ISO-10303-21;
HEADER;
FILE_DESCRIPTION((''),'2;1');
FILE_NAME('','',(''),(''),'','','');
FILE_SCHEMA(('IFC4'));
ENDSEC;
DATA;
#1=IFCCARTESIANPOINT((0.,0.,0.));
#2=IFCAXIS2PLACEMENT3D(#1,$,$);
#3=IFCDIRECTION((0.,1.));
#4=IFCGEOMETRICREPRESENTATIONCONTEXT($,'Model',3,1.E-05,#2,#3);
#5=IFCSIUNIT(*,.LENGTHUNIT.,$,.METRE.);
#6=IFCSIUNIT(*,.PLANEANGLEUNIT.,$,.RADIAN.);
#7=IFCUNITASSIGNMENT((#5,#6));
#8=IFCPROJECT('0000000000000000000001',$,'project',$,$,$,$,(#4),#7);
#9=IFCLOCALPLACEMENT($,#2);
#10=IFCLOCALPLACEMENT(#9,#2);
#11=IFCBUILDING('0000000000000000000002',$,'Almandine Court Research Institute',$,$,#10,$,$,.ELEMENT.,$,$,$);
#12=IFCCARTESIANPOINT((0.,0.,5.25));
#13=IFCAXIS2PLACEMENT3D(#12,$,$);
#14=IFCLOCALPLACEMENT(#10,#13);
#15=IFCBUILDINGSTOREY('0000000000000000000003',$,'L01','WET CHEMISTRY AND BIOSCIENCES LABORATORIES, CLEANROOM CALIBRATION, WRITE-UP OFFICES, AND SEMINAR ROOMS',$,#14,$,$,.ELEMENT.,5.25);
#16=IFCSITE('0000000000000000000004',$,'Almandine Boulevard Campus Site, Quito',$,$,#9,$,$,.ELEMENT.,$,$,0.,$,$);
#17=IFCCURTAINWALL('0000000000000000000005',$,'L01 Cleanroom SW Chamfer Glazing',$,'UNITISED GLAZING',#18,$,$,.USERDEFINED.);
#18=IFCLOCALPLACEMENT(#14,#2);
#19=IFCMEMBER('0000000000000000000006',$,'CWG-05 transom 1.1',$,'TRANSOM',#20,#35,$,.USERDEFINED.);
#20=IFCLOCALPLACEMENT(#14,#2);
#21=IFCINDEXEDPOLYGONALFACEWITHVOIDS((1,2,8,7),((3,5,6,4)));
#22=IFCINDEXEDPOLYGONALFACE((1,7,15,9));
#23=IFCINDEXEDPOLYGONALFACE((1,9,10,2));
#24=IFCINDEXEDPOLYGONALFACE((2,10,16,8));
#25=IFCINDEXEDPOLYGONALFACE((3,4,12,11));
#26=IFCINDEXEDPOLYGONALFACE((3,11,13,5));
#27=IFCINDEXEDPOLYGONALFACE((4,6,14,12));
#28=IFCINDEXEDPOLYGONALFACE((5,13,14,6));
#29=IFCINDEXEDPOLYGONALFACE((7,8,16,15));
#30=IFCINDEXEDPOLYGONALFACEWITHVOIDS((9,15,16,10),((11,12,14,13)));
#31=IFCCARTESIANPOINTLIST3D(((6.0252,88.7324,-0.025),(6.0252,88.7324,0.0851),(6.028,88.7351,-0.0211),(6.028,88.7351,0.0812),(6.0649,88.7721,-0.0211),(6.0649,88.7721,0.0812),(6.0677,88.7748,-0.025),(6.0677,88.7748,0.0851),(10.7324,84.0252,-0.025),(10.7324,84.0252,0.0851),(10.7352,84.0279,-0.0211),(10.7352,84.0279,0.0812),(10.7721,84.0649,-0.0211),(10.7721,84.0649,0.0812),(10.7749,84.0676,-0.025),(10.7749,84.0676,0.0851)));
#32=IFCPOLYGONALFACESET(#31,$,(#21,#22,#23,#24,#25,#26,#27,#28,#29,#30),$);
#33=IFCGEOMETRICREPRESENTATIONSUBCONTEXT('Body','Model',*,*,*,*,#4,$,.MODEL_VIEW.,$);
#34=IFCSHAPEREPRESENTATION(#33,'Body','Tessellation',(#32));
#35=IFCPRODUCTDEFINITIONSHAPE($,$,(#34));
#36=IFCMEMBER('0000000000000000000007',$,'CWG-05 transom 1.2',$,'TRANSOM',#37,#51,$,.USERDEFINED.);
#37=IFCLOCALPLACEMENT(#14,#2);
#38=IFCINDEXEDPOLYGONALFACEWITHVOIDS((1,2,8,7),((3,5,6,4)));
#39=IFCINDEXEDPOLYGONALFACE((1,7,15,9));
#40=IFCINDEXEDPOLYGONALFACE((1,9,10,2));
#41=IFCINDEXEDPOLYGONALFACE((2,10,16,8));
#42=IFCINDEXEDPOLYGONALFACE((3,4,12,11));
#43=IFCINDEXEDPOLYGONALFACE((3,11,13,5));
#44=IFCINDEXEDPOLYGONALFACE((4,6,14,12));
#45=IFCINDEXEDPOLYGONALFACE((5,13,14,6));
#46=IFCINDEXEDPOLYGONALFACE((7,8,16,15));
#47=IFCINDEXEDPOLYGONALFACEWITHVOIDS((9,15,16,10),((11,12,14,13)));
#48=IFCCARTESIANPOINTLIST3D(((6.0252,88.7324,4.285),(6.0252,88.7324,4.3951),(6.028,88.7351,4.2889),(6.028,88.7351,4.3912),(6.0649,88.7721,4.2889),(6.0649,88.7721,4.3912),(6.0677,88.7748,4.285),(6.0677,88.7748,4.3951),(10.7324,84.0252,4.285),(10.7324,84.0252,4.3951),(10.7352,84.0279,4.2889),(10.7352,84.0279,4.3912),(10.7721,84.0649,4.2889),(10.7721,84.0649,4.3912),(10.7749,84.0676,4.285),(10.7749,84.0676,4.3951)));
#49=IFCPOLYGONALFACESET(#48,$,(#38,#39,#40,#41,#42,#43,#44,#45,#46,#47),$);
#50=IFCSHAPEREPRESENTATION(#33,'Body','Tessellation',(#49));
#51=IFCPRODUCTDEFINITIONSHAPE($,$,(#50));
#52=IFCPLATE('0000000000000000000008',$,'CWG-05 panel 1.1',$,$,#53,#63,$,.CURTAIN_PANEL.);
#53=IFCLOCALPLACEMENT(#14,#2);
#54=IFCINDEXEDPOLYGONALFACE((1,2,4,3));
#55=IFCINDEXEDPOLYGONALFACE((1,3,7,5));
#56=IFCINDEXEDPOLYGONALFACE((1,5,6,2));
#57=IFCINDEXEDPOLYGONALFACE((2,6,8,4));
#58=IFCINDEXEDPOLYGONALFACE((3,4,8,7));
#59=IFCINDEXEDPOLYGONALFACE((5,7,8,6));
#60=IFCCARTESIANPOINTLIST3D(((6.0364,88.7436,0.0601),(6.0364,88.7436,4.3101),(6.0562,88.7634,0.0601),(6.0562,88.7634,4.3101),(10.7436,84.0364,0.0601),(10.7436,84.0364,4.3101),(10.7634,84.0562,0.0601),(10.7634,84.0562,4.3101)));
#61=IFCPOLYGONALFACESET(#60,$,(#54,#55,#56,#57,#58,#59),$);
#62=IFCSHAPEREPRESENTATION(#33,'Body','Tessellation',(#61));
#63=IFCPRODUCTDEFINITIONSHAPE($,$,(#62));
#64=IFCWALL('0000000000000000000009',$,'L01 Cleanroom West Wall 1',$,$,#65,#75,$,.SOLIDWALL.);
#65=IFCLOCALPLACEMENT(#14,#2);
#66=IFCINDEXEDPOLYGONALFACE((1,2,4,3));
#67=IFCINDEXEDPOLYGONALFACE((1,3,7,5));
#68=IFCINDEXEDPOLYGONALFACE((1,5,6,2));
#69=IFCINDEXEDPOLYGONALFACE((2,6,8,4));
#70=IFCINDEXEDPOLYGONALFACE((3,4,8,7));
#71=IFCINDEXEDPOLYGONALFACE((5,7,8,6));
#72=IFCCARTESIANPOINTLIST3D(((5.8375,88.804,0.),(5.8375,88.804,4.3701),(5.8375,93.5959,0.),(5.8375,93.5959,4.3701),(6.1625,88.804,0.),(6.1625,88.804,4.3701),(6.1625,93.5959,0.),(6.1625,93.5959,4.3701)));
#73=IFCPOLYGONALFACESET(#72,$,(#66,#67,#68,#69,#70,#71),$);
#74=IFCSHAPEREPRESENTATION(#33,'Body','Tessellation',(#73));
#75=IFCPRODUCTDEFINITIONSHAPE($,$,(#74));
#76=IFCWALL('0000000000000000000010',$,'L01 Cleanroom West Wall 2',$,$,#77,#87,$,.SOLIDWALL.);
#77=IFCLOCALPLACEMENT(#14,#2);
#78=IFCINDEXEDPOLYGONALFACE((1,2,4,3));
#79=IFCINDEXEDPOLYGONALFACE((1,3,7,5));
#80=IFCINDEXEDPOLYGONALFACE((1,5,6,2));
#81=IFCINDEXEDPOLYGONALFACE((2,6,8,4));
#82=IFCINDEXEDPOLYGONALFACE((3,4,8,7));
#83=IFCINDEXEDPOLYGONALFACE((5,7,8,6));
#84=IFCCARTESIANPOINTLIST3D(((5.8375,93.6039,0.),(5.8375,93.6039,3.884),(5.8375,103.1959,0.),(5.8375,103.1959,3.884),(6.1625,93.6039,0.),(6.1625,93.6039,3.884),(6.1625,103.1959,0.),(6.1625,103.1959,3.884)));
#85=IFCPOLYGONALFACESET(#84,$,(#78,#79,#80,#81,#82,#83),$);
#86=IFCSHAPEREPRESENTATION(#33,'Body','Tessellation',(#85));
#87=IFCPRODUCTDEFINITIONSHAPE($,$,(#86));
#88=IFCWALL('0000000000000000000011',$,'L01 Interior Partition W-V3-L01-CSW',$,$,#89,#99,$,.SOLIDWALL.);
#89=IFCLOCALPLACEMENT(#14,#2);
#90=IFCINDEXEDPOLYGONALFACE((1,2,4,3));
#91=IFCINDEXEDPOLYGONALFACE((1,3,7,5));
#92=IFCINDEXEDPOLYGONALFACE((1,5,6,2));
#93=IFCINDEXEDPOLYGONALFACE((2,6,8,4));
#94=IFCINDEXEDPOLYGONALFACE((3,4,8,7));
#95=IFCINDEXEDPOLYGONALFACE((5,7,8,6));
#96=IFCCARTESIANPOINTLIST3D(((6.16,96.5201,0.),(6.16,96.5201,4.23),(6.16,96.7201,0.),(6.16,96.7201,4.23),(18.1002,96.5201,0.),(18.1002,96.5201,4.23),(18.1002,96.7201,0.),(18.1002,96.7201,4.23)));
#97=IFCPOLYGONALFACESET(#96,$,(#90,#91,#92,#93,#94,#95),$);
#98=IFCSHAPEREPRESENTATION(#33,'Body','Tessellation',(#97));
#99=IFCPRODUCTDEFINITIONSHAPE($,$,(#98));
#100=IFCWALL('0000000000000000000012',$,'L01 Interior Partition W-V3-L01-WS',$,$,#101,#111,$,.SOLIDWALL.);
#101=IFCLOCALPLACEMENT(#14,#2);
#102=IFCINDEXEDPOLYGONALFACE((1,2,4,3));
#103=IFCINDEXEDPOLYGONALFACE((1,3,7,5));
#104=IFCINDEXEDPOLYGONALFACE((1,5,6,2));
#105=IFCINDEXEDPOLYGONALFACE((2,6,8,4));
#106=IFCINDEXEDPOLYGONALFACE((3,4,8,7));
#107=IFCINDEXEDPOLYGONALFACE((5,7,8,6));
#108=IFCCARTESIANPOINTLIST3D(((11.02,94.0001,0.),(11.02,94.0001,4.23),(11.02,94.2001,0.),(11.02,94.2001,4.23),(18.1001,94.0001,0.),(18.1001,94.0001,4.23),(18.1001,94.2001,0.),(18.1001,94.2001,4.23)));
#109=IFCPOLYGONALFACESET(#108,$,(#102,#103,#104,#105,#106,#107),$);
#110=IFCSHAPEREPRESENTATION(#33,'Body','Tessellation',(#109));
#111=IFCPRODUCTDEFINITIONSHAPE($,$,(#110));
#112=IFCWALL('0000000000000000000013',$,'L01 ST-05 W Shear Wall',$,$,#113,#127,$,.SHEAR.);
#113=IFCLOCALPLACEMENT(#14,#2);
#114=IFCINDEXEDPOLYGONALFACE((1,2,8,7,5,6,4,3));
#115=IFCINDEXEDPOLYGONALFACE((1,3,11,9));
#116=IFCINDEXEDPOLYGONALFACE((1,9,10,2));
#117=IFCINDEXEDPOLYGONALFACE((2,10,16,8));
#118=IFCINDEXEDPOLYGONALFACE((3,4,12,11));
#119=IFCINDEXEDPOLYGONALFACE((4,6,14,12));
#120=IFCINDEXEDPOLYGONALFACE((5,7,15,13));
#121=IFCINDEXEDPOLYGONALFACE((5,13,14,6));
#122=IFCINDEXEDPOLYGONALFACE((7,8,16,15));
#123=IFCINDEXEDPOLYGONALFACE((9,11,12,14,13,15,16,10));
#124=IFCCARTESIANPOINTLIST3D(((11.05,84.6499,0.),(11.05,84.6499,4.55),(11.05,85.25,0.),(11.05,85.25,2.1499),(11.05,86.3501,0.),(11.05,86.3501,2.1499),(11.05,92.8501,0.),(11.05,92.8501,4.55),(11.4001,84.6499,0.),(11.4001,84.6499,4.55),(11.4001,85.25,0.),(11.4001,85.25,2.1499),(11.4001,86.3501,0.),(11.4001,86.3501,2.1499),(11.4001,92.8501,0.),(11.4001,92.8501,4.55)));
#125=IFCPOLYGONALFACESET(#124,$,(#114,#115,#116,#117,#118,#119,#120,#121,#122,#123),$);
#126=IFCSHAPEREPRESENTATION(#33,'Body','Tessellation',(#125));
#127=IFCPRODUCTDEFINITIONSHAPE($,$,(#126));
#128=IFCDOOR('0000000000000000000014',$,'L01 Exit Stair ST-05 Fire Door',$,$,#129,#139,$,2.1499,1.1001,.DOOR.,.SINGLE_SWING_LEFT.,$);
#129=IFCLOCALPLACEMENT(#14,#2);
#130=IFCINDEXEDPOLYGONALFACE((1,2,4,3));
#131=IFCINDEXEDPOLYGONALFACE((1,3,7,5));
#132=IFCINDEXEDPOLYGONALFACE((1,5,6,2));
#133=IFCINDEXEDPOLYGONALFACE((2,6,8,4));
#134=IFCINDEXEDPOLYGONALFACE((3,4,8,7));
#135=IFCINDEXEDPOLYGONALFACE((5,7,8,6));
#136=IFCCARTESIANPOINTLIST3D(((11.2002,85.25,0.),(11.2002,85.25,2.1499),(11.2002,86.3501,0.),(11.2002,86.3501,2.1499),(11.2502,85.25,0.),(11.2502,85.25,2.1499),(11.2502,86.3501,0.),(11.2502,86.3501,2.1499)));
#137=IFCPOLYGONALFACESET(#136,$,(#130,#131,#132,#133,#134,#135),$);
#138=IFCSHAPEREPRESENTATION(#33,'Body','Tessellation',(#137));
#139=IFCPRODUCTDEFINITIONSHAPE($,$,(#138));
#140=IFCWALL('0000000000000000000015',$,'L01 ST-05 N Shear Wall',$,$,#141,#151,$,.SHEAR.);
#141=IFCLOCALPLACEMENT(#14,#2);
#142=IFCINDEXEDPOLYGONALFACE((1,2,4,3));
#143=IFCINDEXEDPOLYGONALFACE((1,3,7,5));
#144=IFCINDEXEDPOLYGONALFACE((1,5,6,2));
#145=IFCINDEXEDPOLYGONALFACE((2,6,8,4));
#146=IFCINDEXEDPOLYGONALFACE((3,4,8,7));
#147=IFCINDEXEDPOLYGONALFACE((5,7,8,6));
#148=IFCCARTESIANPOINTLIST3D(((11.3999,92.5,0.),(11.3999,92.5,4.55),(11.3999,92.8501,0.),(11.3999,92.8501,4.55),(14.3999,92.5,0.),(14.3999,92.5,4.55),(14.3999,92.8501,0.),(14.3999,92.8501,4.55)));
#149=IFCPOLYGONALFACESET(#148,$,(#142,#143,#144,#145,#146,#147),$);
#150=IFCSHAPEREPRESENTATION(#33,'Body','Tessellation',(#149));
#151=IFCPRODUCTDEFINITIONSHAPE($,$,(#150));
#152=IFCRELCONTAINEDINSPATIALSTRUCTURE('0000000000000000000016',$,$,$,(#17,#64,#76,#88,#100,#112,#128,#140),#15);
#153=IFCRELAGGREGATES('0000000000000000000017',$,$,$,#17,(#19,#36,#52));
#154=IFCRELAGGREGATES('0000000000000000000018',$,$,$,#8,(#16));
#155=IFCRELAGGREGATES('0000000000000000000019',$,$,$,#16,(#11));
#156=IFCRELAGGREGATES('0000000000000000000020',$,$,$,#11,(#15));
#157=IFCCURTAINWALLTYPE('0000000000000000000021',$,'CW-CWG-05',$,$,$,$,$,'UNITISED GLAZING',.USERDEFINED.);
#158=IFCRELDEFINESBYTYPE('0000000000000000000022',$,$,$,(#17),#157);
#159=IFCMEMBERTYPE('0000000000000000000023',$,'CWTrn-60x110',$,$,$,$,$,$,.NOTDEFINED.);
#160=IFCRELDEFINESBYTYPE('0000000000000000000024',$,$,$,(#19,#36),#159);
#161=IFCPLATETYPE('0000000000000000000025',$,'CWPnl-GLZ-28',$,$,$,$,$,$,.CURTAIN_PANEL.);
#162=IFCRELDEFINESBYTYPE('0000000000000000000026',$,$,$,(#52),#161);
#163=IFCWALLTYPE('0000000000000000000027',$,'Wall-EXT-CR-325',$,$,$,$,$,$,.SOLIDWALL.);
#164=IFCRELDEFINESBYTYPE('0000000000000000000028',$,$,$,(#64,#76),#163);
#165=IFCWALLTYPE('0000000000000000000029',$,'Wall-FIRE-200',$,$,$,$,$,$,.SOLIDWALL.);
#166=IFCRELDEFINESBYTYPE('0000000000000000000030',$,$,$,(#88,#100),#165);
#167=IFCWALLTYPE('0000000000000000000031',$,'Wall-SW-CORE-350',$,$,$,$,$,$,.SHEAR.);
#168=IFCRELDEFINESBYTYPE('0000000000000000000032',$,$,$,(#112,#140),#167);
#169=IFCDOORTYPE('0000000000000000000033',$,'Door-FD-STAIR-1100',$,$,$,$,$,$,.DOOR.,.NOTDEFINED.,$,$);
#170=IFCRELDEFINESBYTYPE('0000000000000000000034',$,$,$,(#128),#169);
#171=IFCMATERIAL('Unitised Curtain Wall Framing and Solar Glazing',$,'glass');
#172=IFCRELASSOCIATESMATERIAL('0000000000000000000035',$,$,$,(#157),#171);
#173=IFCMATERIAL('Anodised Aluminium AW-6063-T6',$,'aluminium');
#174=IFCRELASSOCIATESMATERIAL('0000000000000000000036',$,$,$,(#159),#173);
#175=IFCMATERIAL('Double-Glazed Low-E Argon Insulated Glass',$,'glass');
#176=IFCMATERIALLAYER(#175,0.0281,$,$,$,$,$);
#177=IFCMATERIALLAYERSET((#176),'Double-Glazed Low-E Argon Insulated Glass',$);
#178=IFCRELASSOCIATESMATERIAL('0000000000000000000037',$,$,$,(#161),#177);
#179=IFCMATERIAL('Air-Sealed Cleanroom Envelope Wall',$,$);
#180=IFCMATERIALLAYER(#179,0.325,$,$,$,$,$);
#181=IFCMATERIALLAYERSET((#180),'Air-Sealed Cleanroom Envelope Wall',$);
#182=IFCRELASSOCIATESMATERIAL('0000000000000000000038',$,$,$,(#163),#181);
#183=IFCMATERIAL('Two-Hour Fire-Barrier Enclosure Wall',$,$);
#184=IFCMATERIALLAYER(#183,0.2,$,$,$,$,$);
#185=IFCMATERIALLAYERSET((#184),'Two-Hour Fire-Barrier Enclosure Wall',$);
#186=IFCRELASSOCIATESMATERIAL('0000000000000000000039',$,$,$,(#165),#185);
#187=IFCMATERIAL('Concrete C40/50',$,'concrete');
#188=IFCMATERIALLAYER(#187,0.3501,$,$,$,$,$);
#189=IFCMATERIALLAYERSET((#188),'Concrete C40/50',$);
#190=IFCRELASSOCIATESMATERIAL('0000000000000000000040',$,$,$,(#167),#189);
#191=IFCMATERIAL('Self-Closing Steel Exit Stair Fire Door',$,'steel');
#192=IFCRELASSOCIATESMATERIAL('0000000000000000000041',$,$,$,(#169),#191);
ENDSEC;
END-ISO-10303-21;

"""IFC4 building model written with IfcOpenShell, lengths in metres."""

from ifc_helpers import new_model, si_unit, direction, frame, frame_2d, origin, origin_2d, place, context, subcontext, project, spatial, rectangle, hollow_rectangle, extrude, material, layer, layer_set, material_profile, profile_set, type_object, element, fill, aggregate, save


model = new_model("IFC4")

# Units and contexts
model_context = context("Model", 3, precision=1e-05, world=origin(), true_north=direction((0.0, 1.0)))
body_context = subcontext(model_context, "Body", "Model", "MODEL_VIEW")
ifc_project = project(units=[si_unit("LENGTHUNIT", "METRE"), si_unit("PLANEANGLEUNIT", "RADIAN")], contexts=[model_context])

# Site, building, storey
site_placement = place(None, origin())
site = spatial("IfcSite", under=ifc_project, at=site_placement, Name="Almandine Boulevard Campus Site, Quito", CompositionType="ELEMENT", RefElevation=0.0)
building_placement = place(site_placement, origin())
building = spatial("IfcBuilding", under=site, at=building_placement, Name="Almandine Court Research Institute", CompositionType="ELEMENT")
storey_placement = place(building_placement, frame((0.0, 0.0, 5.25)))
storey = spatial("IfcBuildingStorey", under=building, at=storey_placement, Name="L01", Description="WET CHEMISTRY AND BIOSCIENCES LABORATORIES, CLEANROOM CALIBRATION, WRITE-UP OFFICES, AND SEMINAR ROOMS", CompositionType="ELEMENT", Elevation=5.25)

# Curtain wall, members, plate
ifc_material_1 = material(Name="Unitised Curtain Wall Framing and Solar Glazing", Category="glass")
curtain_wall_type = type_object("IfcCurtainWallType", Name="CW-CWG-05", ElementType="UNITISED GLAZING", PredefinedType="USERDEFINED", material=ifc_material_1)
curtain_wall_placement = place(storey_placement, origin())
curtain_wall = element("IfcCurtainWall", 1, at=curtain_wall_placement, inside=storey, type_object=curtain_wall_type, Name="L01 Cleanroom SW Chamfer Glazing", ObjectType="UNITISED GLAZING", PredefinedType="USERDEFINED")
ifc_material_2 = material(Name="Anodised Aluminium AW-6063-T6", Category="aluminium")
ifc_material_profile_1 = material_profile(ifc_material_2, hollow_rectangle(XDim=0.0601, YDim=0.1101, WallThickness=0.0039, at=origin_2d()), Name="ALU RHS 60x110x4")
ifc_profile_set_1 = profile_set([ifc_material_profile_1], Name="Anodised Aluminium AW-6063-T6")
member_type_1 = type_object("IfcMemberType", Name="CWTrn-60x110", PredefinedType="NOTDEFINED", material=ifc_profile_set_1)
member_1_placement = place(storey_placement, frame((10.7537, 84.0464, 0.03), z_axis=(-0.707107, 0.707107, 0.0), x_axis=(-0.707107, -0.707107, 0.0)))
member_1 = element("IfcMember", 2, at=member_1_placement, type_object=member_type_1, Name="CWG-05 transom 1.1", ObjectType="TRANSOM", PredefinedType="USERDEFINED", context=body_context, shape_type="SweptSolid", body=[
    extrude(hollow_rectangle(XDim=0.0601, YDim=0.1101, WallThickness=0.0039, at=origin_2d()), origin(), (0.0, 0.0, 1.0), 6.657),
])
member_2_placement = place(storey_placement, frame((10.7537, 84.0464, 4.3401), z_axis=(-0.707107, 0.707107, 0.0), x_axis=(-0.707107, -0.707107, 0.0)))
member_2 = element("IfcMember", 3, at=member_2_placement, type_object=member_type_1, Name="CWG-05 transom 1.2", ObjectType="TRANSOM", PredefinedType="USERDEFINED", context=body_context, shape_type="SweptSolid", body=[
    extrude(hollow_rectangle(XDim=0.0601, YDim=0.1101, WallThickness=0.0039, at=origin_2d()), origin(), (0.0, 0.0, 1.0), 6.657),
])
ifc_material_3 = material(Name="Double-Glazed Low-E Argon Insulated Glass", Category="glass")
ifc_layer_1 = layer(ifc_material_3, 0.0281)
ifc_layer_set_1 = layer_set([ifc_layer_1], Name="Double-Glazed Low-E Argon Insulated Glass")
plate_type = type_object("IfcPlateType", Name="CWPnl-GLZ-28", PredefinedType="CURTAIN_PANEL", material=ifc_layer_set_1)
plate_placement = place(storey_placement, frame((8.3999, 86.3999, 0.0601), z_axis=(0.0, 0.0, 1.0), x_axis=(-0.707107, 0.707107, 0.0)))
plate = element("IfcPlate", 4, at=plate_placement, type_object=plate_type, Name="CWG-05 panel 1.1", PredefinedType="CURTAIN_PANEL", context=body_context, shape_type="SweptSolid", body=[
    extrude(rectangle(XDim=6.657, YDim=0.0281, at=origin_2d()), origin(), (0.0, 0.0, 1.0), 4.25),
])
aggregate(curtain_wall, [member_1, member_2, plate])

# Walls
ifc_material_4 = material(Name="Air-Sealed Cleanroom Envelope Wall")
ifc_layer_2 = layer(ifc_material_4, 0.325)
ifc_layer_set_2 = layer_set([ifc_layer_2], Name="Air-Sealed Cleanroom Envelope Wall")
wall_type_1 = type_object("IfcWallType", Name="Wall-EXT-CR-325", PredefinedType="SOLIDWALL", material=ifc_layer_set_2)
wall_1_placement = place(storey_placement, frame((6.0, 88.804, 0.0), z_axis=(0.0, 0.0, 1.0), x_axis=(0.0, 1.0, 0.0)))
element("IfcWall", 5, at=wall_1_placement, inside=storey, type_object=wall_type_1, Name="L01 Cleanroom West Wall 1", PredefinedType="SOLIDWALL", context=body_context, shape_type="SweptSolid", body=[
    extrude(rectangle(XDim=4.792, YDim=0.325, at=frame_2d((2.396, 0.0))), origin(), (0.0, 0.0, 1.0), 4.3701),
])
wall_2_placement = place(storey_placement, frame((6.0, 93.604, 0.0), z_axis=(0.0, 0.0, 1.0), x_axis=(0.0, 1.0, 0.0)))
element("IfcWall", 6, at=wall_2_placement, inside=storey, type_object=wall_type_1, Name="L01 Cleanroom West Wall 2", PredefinedType="SOLIDWALL", context=body_context, shape_type="SweptSolid", body=[
    extrude(rectangle(XDim=9.592, YDim=0.325, at=frame_2d((4.7959, 0.0))), origin(), (0.0, 0.0, 1.0), 3.884),
])
ifc_material_5 = material(Name="Two-Hour Fire-Barrier Enclosure Wall")
ifc_layer_3 = layer(ifc_material_5, 0.2)
ifc_layer_set_3 = layer_set([ifc_layer_3], Name="Two-Hour Fire-Barrier Enclosure Wall")
wall_type_2 = type_object("IfcWallType", Name="Wall-FIRE-200", PredefinedType="SOLIDWALL", material=ifc_layer_set_3)
wall_3_placement = place(storey_placement, frame((6.1599, 96.6201, 0.0), z_axis=(0.0, 0.0, 1.0), x_axis=(1.0, 0.0, 0.0)))
element("IfcWall", 7, at=wall_3_placement, inside=storey, type_object=wall_type_2, Name="L01 Interior Partition W-V3-L01-CSW", PredefinedType="SOLIDWALL", context=body_context, shape_type="SweptSolid", body=[
    extrude(rectangle(XDim=11.9402, YDim=0.2, at=frame_2d((5.9702, 0.0))), origin(), (0.0, 0.0, 1.0), 4.23),
])
wall_4_placement = place(storey_placement, frame((11.02, 94.1001, 0.0), z_axis=(0.0, 0.0, 1.0), x_axis=(1.0, 0.0, 0.0)))
element("IfcWall", 8, at=wall_4_placement, inside=storey, type_object=wall_type_2, Name="L01 Interior Partition W-V3-L01-WS", PredefinedType="SOLIDWALL", context=body_context, shape_type="SweptSolid", body=[
    extrude(rectangle(XDim=7.0801, YDim=0.2, at=frame_2d((3.54, 0.0))), origin(), (0.0, 0.0, 1.0), 4.23),
])

# Wall, opening, door
ifc_material_6 = material(Name="Concrete C40/50", Category="concrete")
ifc_layer_4 = layer(ifc_material_6, 0.3501)
ifc_layer_set_4 = layer_set([ifc_layer_4], Name="Concrete C40/50")
wall_type_3 = type_object("IfcWallType", Name="Wall-SW-CORE-350", PredefinedType="SHEAR", material=ifc_layer_set_4)
wall_5_placement = place(storey_placement, frame((11.2251, 84.6499, 0.0), z_axis=(0.0, 0.0, 1.0), x_axis=(0.0, 1.0, 0.0)))
wall_5 = element("IfcWall", 9, at=wall_5_placement, inside=storey, type_object=wall_type_3, Name="L01 ST-05 W Shear Wall", PredefinedType="SHEAR", context=body_context, shape_type="SweptSolid", body=[
    extrude(rectangle(XDim=8.2002, YDim=0.3501, at=frame_2d((4.1001, 0.0))), origin(), (0.0, 0.0, 1.0), 4.55),
])
opening_placement = place(wall_5_placement, frame((0.6001, 0.0, 0.0)))
opening = element("IfcOpeningElement", 10, at=opening_placement, cuts=wall_5, PredefinedType="OPENING", context=body_context, shape_type="SweptSolid", body=[
    extrude(rectangle(XDim=1.1001, YDim=2.1499, at=frame_2d((0.55, 1.075))), frame((0.0, 0.1851, 0.0), z_axis=(0.0, -1.0, 0.0), x_axis=(1.0, 0.0, 0.0)), (0.0, 0.0, 1.0), 0.3701),
])
ifc_material_7 = material(Name="Self-Closing Steel Exit Stair Fire Door", Category="steel")
door_type = type_object("IfcDoorType", Name="Door-FD-STAIR-1100", OperationType="NOTDEFINED", PredefinedType="DOOR", material=ifc_material_7)
door_placement = place(opening_placement, origin())
door = element("IfcDoor", 11, at=door_placement, inside=storey, type_object=door_type, Name="L01 Exit Stair ST-05 Fire Door", OperationType="SINGLE_SWING_LEFT", OverallHeight=2.1499, OverallWidth=1.1001, PredefinedType="DOOR", context=body_context, shape_type="SweptSolid", body=[
    extrude(rectangle(XDim=1.1001, YDim=2.1499, at=frame_2d((0.55, 1.075))), frame((0.0, 0.0249, 0.0), z_axis=(0.0, -1.0, 0.0), x_axis=(1.0, 0.0, 0.0)), (0.0, 0.0, 1.0), 0.05),
])
fill(opening, door)

# Wall
wall_6_placement = place(storey_placement, frame((11.3999, 92.675, 0.0), z_axis=(0.0, 0.0, 1.0), x_axis=(1.0, 0.0, 0.0)))
element("IfcWall", 12, at=wall_6_placement, inside=storey, type_object=wall_type_3, Name="L01 ST-05 N Shear Wall", PredefinedType="SHEAR", context=body_context, shape_type="SweptSolid", body=[
    extrude(rectangle(XDim=3.0, YDim=0.3501, at=frame_2d((1.5, 0.0))), origin(), (0.0, 0.0, 1.0), 4.55),
])

save(model, "model.ifc")
